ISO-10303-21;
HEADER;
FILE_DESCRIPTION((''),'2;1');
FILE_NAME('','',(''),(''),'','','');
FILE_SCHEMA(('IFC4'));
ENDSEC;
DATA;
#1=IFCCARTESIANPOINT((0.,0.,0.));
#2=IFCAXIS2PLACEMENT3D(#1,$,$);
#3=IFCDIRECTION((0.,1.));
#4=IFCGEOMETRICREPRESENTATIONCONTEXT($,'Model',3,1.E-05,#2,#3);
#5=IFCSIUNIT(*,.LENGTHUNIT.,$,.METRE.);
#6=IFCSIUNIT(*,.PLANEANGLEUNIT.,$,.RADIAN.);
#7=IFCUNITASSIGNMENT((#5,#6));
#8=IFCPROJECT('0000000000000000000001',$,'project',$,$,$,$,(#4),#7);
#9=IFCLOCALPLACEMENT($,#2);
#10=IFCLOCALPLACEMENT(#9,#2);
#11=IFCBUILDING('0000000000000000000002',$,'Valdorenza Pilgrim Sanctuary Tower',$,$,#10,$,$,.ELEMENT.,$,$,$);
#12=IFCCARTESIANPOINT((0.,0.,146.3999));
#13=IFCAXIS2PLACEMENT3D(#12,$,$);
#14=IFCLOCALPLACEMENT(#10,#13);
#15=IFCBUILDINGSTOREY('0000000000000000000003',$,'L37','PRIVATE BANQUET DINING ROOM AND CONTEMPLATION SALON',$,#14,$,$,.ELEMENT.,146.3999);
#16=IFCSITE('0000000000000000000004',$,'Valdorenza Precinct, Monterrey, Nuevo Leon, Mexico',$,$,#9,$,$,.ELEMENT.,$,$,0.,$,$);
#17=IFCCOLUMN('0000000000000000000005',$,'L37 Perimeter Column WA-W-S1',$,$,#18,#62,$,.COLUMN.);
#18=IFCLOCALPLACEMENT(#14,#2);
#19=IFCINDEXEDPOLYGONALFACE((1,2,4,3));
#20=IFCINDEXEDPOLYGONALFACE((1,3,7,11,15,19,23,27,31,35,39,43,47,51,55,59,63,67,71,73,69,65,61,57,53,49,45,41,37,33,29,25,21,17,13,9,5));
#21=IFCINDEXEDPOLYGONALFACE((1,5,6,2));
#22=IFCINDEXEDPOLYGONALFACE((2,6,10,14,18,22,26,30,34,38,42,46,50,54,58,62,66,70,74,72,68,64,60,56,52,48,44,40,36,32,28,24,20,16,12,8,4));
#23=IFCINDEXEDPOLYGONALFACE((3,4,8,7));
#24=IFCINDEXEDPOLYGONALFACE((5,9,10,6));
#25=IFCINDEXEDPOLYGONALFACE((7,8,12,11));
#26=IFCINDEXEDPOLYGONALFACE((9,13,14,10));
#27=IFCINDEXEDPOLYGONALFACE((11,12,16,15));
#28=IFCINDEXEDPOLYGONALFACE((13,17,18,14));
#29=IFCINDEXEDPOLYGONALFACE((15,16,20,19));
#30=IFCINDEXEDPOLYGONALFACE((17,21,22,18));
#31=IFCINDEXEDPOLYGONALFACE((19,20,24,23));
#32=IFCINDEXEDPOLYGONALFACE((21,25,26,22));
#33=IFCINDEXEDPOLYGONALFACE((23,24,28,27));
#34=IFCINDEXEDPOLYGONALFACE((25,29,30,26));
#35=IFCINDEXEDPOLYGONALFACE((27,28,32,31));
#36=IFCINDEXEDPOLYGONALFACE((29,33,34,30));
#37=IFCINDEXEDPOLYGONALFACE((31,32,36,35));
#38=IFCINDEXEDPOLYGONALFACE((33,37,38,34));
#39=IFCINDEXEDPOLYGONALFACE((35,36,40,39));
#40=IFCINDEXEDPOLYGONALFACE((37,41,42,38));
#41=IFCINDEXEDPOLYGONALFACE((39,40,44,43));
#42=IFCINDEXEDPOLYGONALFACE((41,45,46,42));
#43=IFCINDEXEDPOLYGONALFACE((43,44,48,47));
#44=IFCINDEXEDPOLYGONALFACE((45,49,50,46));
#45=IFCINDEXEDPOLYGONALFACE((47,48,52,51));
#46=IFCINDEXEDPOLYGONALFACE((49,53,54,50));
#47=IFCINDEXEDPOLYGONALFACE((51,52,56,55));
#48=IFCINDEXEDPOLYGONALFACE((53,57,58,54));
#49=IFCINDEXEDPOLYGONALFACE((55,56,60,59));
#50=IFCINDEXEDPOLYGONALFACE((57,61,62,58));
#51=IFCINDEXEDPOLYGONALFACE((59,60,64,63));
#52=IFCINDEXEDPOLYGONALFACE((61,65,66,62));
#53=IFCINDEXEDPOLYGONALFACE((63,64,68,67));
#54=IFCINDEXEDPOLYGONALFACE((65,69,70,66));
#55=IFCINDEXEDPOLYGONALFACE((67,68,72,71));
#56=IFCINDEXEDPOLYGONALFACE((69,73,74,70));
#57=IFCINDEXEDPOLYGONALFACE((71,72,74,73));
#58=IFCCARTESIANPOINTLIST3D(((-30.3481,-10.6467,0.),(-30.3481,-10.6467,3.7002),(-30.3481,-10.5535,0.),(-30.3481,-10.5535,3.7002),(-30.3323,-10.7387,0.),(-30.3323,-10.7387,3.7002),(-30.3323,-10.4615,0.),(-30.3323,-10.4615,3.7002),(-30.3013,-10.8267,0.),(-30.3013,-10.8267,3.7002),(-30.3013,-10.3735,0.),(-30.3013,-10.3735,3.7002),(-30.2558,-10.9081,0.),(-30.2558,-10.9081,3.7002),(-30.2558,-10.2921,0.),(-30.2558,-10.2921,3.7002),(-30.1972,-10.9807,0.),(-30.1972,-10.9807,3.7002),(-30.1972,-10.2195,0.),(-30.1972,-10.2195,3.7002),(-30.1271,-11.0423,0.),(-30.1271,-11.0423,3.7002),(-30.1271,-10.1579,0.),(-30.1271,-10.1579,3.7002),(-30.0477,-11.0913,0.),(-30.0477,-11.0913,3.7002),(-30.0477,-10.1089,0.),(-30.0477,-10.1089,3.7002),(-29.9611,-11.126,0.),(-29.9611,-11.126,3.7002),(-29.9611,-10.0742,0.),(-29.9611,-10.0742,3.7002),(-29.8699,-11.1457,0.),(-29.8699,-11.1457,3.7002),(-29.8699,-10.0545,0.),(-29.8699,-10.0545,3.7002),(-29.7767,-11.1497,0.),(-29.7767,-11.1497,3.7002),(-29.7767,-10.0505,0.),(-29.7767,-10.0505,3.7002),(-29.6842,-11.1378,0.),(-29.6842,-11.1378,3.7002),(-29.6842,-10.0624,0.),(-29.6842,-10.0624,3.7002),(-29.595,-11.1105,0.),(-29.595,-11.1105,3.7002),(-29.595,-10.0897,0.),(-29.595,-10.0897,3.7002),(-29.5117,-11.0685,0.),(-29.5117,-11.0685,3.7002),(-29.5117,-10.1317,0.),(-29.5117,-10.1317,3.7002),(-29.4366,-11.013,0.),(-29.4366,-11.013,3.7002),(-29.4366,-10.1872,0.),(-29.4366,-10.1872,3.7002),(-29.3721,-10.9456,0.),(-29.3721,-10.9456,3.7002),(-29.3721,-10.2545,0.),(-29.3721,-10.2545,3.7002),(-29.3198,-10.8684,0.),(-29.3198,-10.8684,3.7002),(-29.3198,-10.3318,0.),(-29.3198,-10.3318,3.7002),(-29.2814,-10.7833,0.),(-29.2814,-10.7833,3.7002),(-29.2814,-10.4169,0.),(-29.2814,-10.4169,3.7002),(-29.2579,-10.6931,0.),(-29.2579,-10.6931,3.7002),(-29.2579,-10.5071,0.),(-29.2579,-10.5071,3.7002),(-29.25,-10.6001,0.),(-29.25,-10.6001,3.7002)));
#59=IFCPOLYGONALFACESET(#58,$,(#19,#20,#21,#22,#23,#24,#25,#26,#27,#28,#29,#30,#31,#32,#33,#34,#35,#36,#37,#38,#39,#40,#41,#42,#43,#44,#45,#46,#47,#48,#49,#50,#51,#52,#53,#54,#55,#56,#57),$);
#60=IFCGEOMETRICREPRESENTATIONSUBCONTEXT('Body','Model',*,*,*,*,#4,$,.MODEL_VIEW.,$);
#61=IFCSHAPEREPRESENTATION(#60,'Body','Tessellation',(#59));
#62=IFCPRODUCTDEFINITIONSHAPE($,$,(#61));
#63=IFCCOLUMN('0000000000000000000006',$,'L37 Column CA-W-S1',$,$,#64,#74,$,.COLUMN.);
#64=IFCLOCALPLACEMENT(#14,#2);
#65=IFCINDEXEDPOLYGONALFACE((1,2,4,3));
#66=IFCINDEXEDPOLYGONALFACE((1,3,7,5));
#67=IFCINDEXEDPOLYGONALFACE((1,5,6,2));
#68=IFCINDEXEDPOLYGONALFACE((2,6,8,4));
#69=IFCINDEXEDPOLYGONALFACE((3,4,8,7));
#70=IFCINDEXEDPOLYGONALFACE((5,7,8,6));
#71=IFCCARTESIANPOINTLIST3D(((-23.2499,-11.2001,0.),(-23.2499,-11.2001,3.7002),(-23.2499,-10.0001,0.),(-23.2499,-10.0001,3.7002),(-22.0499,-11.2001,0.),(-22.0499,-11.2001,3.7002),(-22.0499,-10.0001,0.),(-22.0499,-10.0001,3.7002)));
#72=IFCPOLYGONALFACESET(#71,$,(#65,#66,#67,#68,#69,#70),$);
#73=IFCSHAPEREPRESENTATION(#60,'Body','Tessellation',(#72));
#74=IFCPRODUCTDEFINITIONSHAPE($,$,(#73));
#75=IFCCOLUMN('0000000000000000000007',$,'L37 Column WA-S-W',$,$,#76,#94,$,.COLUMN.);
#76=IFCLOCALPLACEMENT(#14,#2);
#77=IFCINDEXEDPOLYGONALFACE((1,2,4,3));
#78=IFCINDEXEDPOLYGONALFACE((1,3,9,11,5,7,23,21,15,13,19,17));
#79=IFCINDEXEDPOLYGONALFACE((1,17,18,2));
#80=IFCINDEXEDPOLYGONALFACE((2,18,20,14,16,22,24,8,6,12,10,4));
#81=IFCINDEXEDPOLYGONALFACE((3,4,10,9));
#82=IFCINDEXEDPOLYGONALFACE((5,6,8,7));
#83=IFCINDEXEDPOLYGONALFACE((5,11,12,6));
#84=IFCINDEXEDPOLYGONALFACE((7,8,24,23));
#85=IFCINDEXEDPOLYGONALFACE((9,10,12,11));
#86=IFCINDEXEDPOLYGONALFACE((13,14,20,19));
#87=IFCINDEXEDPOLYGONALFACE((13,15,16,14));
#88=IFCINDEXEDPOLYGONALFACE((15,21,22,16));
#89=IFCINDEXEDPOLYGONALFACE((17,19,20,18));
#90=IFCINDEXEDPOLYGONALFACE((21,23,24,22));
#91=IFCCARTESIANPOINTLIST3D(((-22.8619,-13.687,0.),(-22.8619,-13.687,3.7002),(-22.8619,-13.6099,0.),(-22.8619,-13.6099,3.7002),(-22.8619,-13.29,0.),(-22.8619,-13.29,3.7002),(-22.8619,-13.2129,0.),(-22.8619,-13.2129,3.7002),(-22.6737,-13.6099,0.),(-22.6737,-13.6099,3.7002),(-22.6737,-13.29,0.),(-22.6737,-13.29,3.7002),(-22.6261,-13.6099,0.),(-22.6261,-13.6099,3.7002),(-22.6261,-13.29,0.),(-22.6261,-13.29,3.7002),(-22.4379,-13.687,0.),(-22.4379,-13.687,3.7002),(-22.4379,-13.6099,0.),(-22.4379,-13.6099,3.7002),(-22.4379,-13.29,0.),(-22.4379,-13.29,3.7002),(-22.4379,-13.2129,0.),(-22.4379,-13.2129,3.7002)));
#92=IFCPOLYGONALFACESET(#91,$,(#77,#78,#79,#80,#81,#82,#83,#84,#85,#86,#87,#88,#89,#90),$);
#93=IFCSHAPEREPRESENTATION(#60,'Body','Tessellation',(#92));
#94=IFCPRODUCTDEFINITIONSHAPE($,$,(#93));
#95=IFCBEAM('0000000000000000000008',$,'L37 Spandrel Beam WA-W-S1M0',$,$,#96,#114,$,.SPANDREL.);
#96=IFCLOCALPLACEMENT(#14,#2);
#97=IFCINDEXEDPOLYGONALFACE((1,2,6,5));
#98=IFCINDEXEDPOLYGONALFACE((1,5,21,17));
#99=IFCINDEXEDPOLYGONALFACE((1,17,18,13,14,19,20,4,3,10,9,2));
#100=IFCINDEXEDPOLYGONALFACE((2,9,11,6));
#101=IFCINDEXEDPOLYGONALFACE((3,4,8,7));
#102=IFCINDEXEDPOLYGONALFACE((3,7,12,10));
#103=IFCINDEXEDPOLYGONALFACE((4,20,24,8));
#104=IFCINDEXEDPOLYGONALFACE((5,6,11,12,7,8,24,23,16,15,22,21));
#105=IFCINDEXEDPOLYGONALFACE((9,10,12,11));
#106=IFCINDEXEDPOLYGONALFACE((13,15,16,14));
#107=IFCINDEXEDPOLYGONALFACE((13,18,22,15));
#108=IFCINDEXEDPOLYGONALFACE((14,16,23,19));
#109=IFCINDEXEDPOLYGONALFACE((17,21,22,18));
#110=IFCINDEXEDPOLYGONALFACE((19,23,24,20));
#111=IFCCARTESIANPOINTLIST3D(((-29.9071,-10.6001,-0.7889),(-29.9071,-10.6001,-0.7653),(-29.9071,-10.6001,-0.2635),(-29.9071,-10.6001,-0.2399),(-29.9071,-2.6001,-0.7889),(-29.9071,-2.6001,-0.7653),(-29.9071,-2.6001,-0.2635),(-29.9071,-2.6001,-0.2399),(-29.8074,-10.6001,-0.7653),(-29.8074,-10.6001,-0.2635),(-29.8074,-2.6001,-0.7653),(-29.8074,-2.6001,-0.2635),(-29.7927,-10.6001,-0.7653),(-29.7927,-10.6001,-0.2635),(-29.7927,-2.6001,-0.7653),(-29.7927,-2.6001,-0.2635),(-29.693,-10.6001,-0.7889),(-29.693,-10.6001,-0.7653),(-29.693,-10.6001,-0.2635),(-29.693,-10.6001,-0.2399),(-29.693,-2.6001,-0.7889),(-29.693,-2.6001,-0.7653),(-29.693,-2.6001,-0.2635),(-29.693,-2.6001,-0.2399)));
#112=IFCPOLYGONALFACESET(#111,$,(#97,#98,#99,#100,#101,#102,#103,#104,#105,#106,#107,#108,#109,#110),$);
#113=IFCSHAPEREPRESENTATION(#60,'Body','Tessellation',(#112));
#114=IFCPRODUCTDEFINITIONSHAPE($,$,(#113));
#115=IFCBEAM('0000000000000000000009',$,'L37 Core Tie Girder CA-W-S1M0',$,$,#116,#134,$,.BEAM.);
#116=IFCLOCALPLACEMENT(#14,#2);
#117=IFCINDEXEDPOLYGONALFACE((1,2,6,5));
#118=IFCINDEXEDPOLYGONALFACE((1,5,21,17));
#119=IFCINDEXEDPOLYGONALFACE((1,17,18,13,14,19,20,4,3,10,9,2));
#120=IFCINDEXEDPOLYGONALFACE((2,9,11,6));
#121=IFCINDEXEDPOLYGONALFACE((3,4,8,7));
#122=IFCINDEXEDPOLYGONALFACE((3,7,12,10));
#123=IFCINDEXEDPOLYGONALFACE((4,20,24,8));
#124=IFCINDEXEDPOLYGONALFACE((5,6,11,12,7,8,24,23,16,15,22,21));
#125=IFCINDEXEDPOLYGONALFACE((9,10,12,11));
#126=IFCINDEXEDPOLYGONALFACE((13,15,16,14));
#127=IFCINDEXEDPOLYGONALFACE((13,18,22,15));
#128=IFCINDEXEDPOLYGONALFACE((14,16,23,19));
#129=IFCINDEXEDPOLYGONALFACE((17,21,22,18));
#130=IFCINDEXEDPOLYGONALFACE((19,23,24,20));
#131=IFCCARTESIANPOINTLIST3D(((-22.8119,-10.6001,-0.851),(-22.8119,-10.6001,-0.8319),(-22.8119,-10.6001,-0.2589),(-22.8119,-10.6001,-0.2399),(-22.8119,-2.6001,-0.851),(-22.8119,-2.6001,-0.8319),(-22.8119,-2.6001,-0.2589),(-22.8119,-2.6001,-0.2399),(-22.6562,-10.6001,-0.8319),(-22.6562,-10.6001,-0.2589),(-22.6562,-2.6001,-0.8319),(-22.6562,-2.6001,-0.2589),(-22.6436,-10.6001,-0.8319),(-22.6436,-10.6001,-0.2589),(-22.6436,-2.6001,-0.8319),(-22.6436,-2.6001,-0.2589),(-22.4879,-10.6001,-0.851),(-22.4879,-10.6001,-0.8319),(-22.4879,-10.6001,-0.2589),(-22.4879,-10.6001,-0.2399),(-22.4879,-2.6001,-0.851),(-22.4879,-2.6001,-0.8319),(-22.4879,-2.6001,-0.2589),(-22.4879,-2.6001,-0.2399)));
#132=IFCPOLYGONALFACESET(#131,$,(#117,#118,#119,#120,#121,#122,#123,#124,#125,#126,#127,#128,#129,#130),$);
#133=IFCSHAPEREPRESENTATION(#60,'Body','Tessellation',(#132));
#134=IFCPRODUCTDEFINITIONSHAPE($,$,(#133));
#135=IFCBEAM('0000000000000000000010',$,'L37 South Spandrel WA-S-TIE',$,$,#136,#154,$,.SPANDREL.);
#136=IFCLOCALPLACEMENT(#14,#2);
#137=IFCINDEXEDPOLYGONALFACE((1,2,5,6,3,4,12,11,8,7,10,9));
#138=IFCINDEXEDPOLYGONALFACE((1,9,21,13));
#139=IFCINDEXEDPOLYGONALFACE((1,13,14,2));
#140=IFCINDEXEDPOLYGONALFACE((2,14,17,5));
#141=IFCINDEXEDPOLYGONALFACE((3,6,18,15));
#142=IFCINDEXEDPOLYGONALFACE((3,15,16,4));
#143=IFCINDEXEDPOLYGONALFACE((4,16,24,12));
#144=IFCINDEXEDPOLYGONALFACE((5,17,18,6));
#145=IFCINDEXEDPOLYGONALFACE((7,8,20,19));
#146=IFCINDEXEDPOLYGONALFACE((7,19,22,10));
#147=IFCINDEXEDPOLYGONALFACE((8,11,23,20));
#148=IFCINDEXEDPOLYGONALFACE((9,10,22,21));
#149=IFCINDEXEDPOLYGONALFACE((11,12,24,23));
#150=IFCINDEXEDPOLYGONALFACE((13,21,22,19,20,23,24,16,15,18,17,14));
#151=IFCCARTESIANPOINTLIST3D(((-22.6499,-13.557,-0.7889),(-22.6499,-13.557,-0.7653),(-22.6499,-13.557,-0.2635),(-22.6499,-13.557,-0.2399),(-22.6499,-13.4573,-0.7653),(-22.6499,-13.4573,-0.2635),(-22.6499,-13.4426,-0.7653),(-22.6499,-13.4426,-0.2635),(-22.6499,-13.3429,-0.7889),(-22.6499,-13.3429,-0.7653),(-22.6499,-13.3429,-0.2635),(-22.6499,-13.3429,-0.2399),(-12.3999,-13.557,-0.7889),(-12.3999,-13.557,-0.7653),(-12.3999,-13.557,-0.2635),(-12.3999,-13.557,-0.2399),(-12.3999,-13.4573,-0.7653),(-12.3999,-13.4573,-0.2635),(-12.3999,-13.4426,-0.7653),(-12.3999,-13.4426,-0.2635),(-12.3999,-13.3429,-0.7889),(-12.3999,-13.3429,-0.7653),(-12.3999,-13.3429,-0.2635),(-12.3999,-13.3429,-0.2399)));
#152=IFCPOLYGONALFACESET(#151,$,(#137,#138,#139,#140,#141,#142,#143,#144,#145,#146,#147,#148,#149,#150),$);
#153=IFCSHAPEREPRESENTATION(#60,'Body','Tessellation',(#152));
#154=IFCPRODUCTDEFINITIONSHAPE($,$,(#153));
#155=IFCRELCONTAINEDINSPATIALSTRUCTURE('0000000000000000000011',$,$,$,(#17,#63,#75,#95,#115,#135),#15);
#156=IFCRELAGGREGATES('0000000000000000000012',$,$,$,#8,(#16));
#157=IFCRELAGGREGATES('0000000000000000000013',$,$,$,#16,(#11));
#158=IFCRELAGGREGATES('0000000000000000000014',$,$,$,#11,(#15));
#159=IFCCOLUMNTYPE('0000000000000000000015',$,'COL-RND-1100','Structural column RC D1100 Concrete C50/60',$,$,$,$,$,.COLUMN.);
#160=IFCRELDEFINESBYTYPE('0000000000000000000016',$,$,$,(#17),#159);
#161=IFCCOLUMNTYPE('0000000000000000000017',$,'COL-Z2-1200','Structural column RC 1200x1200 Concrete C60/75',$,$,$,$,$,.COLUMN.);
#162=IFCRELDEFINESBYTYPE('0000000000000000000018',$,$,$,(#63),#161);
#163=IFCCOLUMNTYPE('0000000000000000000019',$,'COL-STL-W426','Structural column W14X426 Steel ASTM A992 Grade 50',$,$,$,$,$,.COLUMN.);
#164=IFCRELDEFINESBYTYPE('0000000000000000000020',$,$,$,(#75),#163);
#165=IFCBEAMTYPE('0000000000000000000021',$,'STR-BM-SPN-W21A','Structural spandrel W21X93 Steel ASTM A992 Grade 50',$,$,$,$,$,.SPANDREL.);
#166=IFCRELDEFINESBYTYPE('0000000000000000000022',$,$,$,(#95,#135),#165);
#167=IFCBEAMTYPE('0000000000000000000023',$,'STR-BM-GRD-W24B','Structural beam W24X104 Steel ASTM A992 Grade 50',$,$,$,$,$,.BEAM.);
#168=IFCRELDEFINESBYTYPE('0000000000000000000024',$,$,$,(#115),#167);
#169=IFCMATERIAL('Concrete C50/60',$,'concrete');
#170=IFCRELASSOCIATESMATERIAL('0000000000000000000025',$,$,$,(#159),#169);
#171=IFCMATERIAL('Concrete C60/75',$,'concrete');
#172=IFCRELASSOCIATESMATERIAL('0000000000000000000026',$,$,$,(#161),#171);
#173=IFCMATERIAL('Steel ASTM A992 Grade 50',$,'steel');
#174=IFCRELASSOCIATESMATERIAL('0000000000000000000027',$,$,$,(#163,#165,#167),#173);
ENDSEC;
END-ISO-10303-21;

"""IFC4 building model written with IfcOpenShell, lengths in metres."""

from ifc_helpers import new_model, si_unit, direction, frame, origin, origin_2d, place, context, subcontext, project, spatial, rectangle, circle, i_section, extrude, source, transform, mapped, material, material_profile, profile_set, type_object, element, save


model = new_model("IFC4")

# Units and contexts
model_context = context("Model", 3, precision=1e-05, world=origin(), true_north=direction((0.0, 1.0)))
body_context = subcontext(model_context, "Body", "Model", "MODEL_VIEW")
ifc_project = project(units=[si_unit("LENGTHUNIT", "METRE"), si_unit("PLANEANGLEUNIT", "RADIAN")], contexts=[model_context])

# Site, building, storey
site_placement = place(None, origin())
site = spatial("IfcSite", under=ifc_project, at=site_placement, Name="Valdorenza Precinct, Monterrey, Nuevo Leon, Mexico", CompositionType="ELEMENT", RefElevation=0.0)
building_placement = place(site_placement, origin())
building = spatial("IfcBuilding", under=site, at=building_placement, Name="Valdorenza Pilgrim Sanctuary Tower", CompositionType="ELEMENT")
storey_placement = place(building_placement, frame((0.0, 0.0, 146.3999)))
storey = spatial("IfcBuildingStorey", under=building, at=storey_placement, Name="L37", Description="PRIVATE BANQUET DINING ROOM AND CONTEMPLATION SALON", CompositionType="ELEMENT", Elevation=146.3999)

# Columns
ifc_material_1 = material(Name="Concrete C50/60", Category="concrete")
ifc_material_profile_1 = material_profile(ifc_material_1, circle(Radius=0.55, at=origin_2d()), Name="RC D1100")
ifc_profile_set_1 = profile_set([ifc_material_profile_1], Name="Concrete C50/60")
column_type_1 = type_object("IfcColumnType", Name="COL-RND-1100", Description="Structural column RC D1100 Concrete C50/60", PredefinedType="COLUMN", material=ifc_profile_set_1)
shared_shape_1 = source(origin(), body_context, "Body", "SweptSolid", [
    extrude(circle(Radius=0.55, at=origin_2d()), origin(), (0.0, 0.0, 1.0), 3.7002),
])
column_1_placement = place(storey_placement, frame((-29.8, -10.6001, 0.0), z_axis=(0.0, 0.0, 1.0), x_axis=(1.0, 0.0, 0.0)))
element("IfcColumn", 1, at=column_1_placement, inside=storey, type_object=column_type_1, Name="L37 Perimeter Column WA-W-S1", PredefinedType="COLUMN", context=body_context, shape_type="MappedRepresentation", body=[
    mapped(shared_shape_1, transform((0.0, 0.0, 0.0), x_axis=(1.0, 0.0, 0.0), y_axis=(0.0, 1.0, 0.0), z_axis=(0.0, 0.0, 1.0), scale=1.0)),
])
ifc_material_2 = material(Name="Concrete C60/75", Category="concrete")
ifc_material_profile_2 = material_profile(ifc_material_2, rectangle(XDim=1.2, YDim=1.2, at=origin_2d()), Name="RC 1200x1200")
ifc_profile_set_2 = profile_set([ifc_material_profile_2], Name="Concrete C60/75")
column_type_2 = type_object("IfcColumnType", Name="COL-Z2-1200", Description="Structural column RC 1200x1200 Concrete C60/75", PredefinedType="COLUMN", material=ifc_profile_set_2)
shared_shape_2 = source(origin(), body_context, "Body", "SweptSolid", [
    extrude(rectangle(XDim=1.2, YDim=1.2, at=origin_2d()), origin(), (0.0, 0.0, 1.0), 3.7002),
])
column_2_placement = place(storey_placement, frame((-22.6499, -10.6001, 0.0), z_axis=(0.0, 0.0, 1.0), x_axis=(1.0, 0.0, 0.0)))
element("IfcColumn", 2, at=column_2_placement, inside=storey, type_object=column_type_2, Name="L37 Column CA-W-S1", PredefinedType="COLUMN", context=body_context, shape_type="MappedRepresentation", body=[
    mapped(shared_shape_2, transform((0.0, 0.0, 0.0), x_axis=(1.0, 0.0, 0.0), y_axis=(0.0, 1.0, 0.0), z_axis=(0.0, 0.0, 1.0), scale=1.0)),
])
ifc_material_3 = material(Name="Steel ASTM A992 Grade 50", Category="steel")
ifc_material_profile_3 = material_profile(ifc_material_3, i_section(OverallWidth=0.4241, OverallDepth=0.4741, WebThickness=0.0476, FlangeThickness=0.0771, at=origin_2d()), Name="W14X426")
ifc_profile_set_3 = profile_set([ifc_material_profile_3], Name="Steel ASTM A992 Grade 50")
column_type_3 = type_object("IfcColumnType", Name="COL-STL-W426", Description="Structural column W14X426 Steel ASTM A992 Grade 50", PredefinedType="COLUMN", material=ifc_profile_set_3)
shared_shape_3 = source(origin(), body_context, "Body", "SweptSolid", [
    extrude(i_section(OverallWidth=0.4241, OverallDepth=0.4741, WebThickness=0.0476, FlangeThickness=0.0771, at=origin_2d()), origin(), (0.0, 0.0, 1.0), 3.7002),
])
column_3_placement = place(storey_placement, frame((-22.6499, -13.45, 0.0), z_axis=(0.0, 0.0, 1.0), x_axis=(1.0, 0.0, 0.0)))
element("IfcColumn", 3, at=column_3_placement, inside=storey, type_object=column_type_3, Name="L37 Column WA-S-W", PredefinedType="COLUMN", context=body_context, shape_type="MappedRepresentation", body=[
    mapped(shared_shape_3, transform((0.0, 0.0, 0.0), x_axis=(1.0, 0.0, 0.0), y_axis=(0.0, 1.0, 0.0), z_axis=(0.0, 0.0, 1.0), scale=1.0)),
])

# Beams
ifc_material_profile_4 = material_profile(ifc_material_3, i_section(OverallWidth=0.2141, OverallDepth=0.5491, WebThickness=0.0146, FlangeThickness=0.0237, at=origin_2d()), Name="W21X93")
ifc_profile_set_4 = profile_set([ifc_material_profile_4], Name="Steel ASTM A992 Grade 50")
beam_type_1 = type_object("IfcBeamType", Name="STR-BM-SPN-W21A", Description="Structural spandrel W21X93 Steel ASTM A992 Grade 50", PredefinedType="SPANDREL", material=ifc_profile_set_4)
shared_shape_4 = source(origin(), body_context, "Body", "SweptSolid", [
    extrude(i_section(OverallWidth=0.2141, OverallDepth=0.5491, WebThickness=0.0146, FlangeThickness=0.0237, at=origin_2d()), origin(), (0.0, 0.0, 1.0), 8.0),
])
beam_1_placement = place(storey_placement, frame((-29.8, -10.6001, -0.5144), z_axis=(0.0, 1.0, 0.0), x_axis=(-1.0, 0.0, 0.0)))
element("IfcBeam", 4, at=beam_1_placement, inside=storey, type_object=beam_type_1, Name="L37 Spandrel Beam WA-W-S1M0", PredefinedType="SPANDREL", context=body_context, shape_type="MappedRepresentation", body=[
    mapped(shared_shape_4, transform((0.0, 0.0, 0.0), x_axis=(1.0, 0.0, 0.0), y_axis=(0.0, 1.0, 0.0), z_axis=(0.0, 0.0, 1.0), scale=1.0)),
])
ifc_material_profile_5 = material_profile(ifc_material_3, i_section(OverallWidth=0.324, OverallDepth=0.6111, WebThickness=0.0127, FlangeThickness=0.019, at=origin_2d()), Name="W24X104")
ifc_profile_set_5 = profile_set([ifc_material_profile_5], Name="Steel ASTM A992 Grade 50")
beam_type_2 = type_object("IfcBeamType", Name="STR-BM-GRD-W24B", Description="Structural beam W24X104 Steel ASTM A992 Grade 50", PredefinedType="BEAM", material=ifc_profile_set_5)
shared_shape_5 = source(origin(), body_context, "Body", "SweptSolid", [
    extrude(i_section(OverallWidth=0.324, OverallDepth=0.6111, WebThickness=0.0127, FlangeThickness=0.019, at=origin_2d()), origin(), (0.0, 0.0, 1.0), 8.0),
])
beam_2_placement = place(storey_placement, frame((-22.6499, -10.6001, -0.5454), z_axis=(0.0, 1.0, 0.0), x_axis=(-1.0, 0.0, 0.0)))
element("IfcBeam", 5, at=beam_2_placement, inside=storey, type_object=beam_type_2, Name="L37 Core Tie Girder CA-W-S1M0", PredefinedType="BEAM", context=body_context, shape_type="MappedRepresentation", body=[
    mapped(shared_shape_5, transform((0.0, 0.0, 0.0), x_axis=(1.0, 0.0, 0.0), y_axis=(0.0, 1.0, 0.0), z_axis=(0.0, 0.0, 1.0), scale=1.0)),
])
shared_shape_6 = source(origin(), body_context, "Body", "SweptSolid", [
    extrude(i_section(OverallWidth=0.2141, OverallDepth=0.5491, WebThickness=0.0146, FlangeThickness=0.0237, at=origin_2d()), origin(), (0.0, 0.0, 1.0), 10.25),
])
beam_3_placement = place(storey_placement, frame((-22.6499, -13.45, -0.5144), z_axis=(1.0, 0.0, 0.0), x_axis=(0.0, 1.0, 0.0)))
element("IfcBeam", 6, at=beam_3_placement, inside=storey, type_object=beam_type_1, Name="L37 South Spandrel WA-S-TIE", PredefinedType="SPANDREL", context=body_context, shape_type="MappedRepresentation", body=[
    mapped(shared_shape_6, transform((0.0, 0.0, 0.0), x_axis=(1.0, 0.0, 0.0), y_axis=(0.0, 1.0, 0.0), z_axis=(0.0, 0.0, 1.0), scale=1.0)),
])

save(model, "model.ifc")
